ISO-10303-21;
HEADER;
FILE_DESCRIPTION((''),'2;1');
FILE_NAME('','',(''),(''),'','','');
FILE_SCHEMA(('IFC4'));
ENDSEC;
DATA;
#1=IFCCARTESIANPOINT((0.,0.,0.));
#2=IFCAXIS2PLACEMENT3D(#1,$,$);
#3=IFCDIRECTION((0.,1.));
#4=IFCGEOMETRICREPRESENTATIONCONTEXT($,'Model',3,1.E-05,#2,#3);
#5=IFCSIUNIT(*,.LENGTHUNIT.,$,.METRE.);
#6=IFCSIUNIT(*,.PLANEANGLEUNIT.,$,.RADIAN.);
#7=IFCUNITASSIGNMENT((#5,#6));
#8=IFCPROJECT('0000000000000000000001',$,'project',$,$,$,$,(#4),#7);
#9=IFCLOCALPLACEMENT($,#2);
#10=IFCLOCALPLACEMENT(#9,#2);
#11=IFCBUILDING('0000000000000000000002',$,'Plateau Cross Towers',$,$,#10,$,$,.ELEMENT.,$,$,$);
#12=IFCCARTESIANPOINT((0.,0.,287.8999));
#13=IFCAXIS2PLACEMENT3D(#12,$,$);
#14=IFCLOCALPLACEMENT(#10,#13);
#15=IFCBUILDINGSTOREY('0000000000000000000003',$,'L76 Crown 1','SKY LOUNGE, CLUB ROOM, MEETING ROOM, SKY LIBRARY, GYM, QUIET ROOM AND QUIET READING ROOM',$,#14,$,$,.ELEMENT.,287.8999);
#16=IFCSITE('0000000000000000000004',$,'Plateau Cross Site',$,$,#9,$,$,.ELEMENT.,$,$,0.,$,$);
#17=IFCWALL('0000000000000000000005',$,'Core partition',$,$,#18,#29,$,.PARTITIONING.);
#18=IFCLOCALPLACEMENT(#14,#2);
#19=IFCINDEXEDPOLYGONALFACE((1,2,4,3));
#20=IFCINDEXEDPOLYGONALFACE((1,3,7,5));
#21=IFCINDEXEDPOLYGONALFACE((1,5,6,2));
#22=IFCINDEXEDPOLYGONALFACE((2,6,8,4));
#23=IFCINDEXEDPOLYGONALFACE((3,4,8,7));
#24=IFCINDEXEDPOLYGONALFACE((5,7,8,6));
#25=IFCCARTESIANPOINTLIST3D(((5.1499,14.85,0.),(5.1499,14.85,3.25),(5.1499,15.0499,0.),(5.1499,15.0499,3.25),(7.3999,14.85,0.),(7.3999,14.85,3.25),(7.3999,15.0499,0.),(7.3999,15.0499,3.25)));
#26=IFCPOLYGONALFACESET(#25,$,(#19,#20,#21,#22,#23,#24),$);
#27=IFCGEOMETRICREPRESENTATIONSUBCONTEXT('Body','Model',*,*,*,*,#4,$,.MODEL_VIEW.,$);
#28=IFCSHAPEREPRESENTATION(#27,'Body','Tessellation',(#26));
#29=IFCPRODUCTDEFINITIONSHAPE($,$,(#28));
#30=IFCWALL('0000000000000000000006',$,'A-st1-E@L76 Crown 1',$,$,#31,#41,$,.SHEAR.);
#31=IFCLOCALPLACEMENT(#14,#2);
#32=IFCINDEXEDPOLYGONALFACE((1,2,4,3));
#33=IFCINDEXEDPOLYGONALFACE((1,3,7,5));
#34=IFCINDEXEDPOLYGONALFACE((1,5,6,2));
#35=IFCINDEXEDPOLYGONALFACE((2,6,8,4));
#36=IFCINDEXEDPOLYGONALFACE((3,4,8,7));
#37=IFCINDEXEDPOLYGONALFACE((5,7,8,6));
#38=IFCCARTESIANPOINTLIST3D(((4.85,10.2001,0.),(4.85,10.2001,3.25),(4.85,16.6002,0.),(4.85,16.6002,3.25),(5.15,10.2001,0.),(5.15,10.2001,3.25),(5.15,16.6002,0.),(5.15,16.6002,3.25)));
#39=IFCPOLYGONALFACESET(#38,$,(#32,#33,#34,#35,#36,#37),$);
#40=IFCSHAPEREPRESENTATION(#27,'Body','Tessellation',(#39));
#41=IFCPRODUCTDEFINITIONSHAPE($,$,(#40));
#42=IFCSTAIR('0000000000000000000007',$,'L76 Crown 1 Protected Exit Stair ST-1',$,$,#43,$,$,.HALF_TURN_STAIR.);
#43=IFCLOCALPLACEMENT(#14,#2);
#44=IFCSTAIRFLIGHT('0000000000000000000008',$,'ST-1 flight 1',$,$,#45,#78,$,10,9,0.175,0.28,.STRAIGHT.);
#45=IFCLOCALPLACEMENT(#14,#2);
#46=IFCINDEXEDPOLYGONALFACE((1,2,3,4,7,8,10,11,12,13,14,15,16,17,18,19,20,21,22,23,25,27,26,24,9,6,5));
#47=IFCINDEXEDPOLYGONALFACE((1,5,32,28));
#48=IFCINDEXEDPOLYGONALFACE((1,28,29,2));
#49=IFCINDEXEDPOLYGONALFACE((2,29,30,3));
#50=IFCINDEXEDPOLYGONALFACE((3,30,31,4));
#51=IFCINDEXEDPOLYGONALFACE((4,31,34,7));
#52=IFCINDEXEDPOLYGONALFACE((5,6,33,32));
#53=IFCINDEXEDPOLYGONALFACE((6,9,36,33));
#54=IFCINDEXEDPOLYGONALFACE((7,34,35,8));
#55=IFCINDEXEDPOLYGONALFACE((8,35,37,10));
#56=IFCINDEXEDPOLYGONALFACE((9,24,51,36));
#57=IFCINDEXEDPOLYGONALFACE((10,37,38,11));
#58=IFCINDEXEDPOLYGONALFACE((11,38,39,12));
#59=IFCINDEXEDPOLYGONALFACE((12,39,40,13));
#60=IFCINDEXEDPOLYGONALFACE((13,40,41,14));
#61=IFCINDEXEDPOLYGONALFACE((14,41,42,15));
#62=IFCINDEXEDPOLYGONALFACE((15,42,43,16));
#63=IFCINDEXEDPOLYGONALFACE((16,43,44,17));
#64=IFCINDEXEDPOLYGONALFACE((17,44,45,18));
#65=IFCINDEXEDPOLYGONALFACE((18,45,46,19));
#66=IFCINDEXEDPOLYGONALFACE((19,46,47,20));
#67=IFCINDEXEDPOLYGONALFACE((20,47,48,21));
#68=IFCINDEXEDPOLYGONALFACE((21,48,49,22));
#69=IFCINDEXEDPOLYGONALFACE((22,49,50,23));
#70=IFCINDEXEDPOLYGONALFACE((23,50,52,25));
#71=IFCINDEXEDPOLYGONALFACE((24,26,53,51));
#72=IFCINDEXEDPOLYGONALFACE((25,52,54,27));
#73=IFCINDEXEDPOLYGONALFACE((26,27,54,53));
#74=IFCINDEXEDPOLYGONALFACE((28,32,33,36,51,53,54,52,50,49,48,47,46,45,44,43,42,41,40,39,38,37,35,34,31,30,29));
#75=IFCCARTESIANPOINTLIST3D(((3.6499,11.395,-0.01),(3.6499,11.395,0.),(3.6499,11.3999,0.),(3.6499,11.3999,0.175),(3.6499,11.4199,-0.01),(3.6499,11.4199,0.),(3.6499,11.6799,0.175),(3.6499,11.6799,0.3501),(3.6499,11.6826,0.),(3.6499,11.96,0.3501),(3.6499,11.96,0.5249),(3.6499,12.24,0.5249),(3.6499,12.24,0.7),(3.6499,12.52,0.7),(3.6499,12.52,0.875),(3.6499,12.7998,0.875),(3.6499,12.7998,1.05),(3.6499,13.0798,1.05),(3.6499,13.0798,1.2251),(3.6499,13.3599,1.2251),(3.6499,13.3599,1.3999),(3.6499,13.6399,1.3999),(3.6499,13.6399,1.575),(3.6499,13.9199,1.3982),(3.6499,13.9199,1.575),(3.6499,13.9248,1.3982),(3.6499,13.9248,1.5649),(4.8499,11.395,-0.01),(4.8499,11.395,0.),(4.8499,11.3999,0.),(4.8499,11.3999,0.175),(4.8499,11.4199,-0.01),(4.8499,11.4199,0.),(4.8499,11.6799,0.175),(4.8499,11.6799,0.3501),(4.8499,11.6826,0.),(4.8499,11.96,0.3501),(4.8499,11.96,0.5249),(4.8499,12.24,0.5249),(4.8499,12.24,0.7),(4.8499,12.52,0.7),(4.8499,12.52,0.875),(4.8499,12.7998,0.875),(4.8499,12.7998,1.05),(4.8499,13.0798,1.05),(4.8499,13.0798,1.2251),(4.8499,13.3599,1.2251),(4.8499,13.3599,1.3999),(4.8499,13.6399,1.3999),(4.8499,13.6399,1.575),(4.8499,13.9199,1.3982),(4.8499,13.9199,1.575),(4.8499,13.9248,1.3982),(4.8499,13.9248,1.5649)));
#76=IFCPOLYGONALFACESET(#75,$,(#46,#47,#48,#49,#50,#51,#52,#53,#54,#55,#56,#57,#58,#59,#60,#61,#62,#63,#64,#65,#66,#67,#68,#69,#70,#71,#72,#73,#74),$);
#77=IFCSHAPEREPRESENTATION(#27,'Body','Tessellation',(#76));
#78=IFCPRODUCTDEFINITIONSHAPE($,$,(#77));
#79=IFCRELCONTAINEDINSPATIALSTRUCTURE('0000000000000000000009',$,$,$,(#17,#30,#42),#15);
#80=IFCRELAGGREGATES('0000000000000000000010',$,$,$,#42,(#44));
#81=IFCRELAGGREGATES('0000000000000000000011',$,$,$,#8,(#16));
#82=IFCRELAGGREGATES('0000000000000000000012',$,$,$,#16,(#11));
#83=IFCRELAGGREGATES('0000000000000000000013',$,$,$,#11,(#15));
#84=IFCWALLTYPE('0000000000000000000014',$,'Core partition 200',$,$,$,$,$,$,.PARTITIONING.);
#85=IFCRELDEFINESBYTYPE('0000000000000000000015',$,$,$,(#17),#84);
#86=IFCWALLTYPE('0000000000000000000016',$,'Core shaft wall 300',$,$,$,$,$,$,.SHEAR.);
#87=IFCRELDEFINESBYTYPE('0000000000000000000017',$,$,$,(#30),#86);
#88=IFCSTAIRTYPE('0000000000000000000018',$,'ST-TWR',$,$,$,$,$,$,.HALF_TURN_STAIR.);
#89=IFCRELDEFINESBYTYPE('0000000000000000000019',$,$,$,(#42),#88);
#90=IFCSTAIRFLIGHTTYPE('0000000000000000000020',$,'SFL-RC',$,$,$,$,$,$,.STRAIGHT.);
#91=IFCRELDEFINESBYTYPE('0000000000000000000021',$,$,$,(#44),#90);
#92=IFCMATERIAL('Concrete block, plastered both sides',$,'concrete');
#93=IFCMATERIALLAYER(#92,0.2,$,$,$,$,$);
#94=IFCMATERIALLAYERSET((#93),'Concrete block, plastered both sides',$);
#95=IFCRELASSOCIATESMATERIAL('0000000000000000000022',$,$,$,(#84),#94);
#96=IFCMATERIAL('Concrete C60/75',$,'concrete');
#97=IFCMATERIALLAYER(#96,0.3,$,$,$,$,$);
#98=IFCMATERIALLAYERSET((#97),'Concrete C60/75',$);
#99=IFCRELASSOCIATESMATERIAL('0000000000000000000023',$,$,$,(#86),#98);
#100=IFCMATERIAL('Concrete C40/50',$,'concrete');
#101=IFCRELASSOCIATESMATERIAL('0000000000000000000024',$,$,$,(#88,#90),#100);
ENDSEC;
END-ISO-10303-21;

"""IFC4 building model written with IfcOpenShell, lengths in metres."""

from ifc_helpers import new_model, si_unit, direction, frame, frame_2d, origin, place, context, subcontext, project, spatial, polyline, rectangle, outline, extrude, material, layer, layer_set, type_object, element, aggregate, save


model = new_model("IFC4")

# Units and contexts
model_context = context("Model", 3, precision=1e-05, world=origin(), true_north=direction((0.0, 1.0)))
body_context = subcontext(model_context, "Body", "Model", "MODEL_VIEW")
ifc_project = project(units=[si_unit("LENGTHUNIT", "METRE"), si_unit("PLANEANGLEUNIT", "RADIAN")], contexts=[model_context])

# Site, building, storey
site_placement = place(None, origin())
site = spatial("IfcSite", under=ifc_project, at=site_placement, Name="Plateau Cross Site", CompositionType="ELEMENT", RefElevation=0.0)
building_placement = place(site_placement, origin())
building = spatial("IfcBuilding", under=site, at=building_placement, Name="Plateau Cross Towers", CompositionType="ELEMENT")
storey_placement = place(building_placement, frame((0.0, 0.0, 287.8999)))
storey = spatial("IfcBuildingStorey", under=building, at=storey_placement, Name="L76 Crown 1", Description="SKY LOUNGE, CLUB ROOM, MEETING ROOM, SKY LIBRARY, GYM, QUIET ROOM AND QUIET READING ROOM", CompositionType="ELEMENT", Elevation=287.8999)

# Shared definitions
ifc_material_1 = material(Name="Concrete block, plastered both sides", Category="concrete")
ifc_layer_1 = layer(ifc_material_1, 0.2)
ifc_layer_set_1 = layer_set([ifc_layer_1], Name="Concrete block, plastered both sides")
wall_type_1 = type_object("IfcWallType", Name="Core partition 200", PredefinedType="PARTITIONING", material=ifc_layer_set_1)

# Walls
for number, where, z_axis, x_axis, name in (
    (1, (5.1499, 14.95, 0.0), (0.0, 0.0, 1.0), (1.0, 0.0, 0.0), "Core partition"),
):
    element("IfcWall", number, at=place(storey_placement, frame(where, z_axis=z_axis, x_axis=x_axis)), inside=storey, type_object=wall_type_1, Name=name, PredefinedType="PARTITIONING", context=body_context, shape_type="SweptSolid", body=[
        extrude(rectangle(XDim=2.25, YDim=0.2, at=frame_2d((1.125, 0.0))), origin(), (0.0, 0.0, 1.0), 3.25),
    ])
ifc_material_2 = material(Name="Concrete C60/75", Category="concrete")
ifc_layer_2 = layer(ifc_material_2, 0.3)
ifc_layer_set_2 = layer_set([ifc_layer_2], Name="Concrete C60/75")
wall_type_2 = type_object("IfcWallType", Name="Core shaft wall 300", PredefinedType="SHEAR", material=ifc_layer_set_2)
wall_1_placement = place(storey_placement, frame((5.0, 10.2, 0.0), z_axis=(0.0, 0.0, 1.0), x_axis=(0.0, 1.0, 0.0)))
element("IfcWall", 2, at=wall_1_placement, inside=storey, type_object=wall_type_2, Name="A-st1-E@L76 Crown 1", PredefinedType="SHEAR", context=body_context, shape_type="SweptSolid", body=[
    extrude(rectangle(XDim=6.4001, YDim=0.3, at=frame_2d((3.2002, 0.0))), origin(), (0.0, 0.0, 1.0), 3.25),
])

# Stair, stair flight
ifc_material_3 = material(Name="Concrete C40/50", Category="concrete")
stair_type = type_object("IfcStairType", Name="ST-TWR", PredefinedType="HALF_TURN_STAIR", material=ifc_material_3)
stair_placement = place(storey_placement, origin())
stair = element("IfcStair", 3, at=stair_placement, inside=storey, type_object=stair_type, Name="L76 Crown 1 Protected Exit Stair ST-1", PredefinedType="HALF_TURN_STAIR")
stair_flight_type = type_object("IfcStairFlightType", Name="SFL-RC", PredefinedType="STRAIGHT", material=ifc_material_3)
stair_flight_placement = place(storey_placement, frame((4.25, 11.3999, 0.0), z_axis=(0.0, 0.0, 1.0), x_axis=(0.0, 1.0, 0.0)))
stair_flight = element("IfcStairFlight", 4, at=stair_flight_placement, type_object=stair_flight_type, Name="ST-1 flight 1", NumberOfRisers=10, NumberOfTreads=9, PredefinedType="STRAIGHT", RiserHeight=0.175, TreadLength=0.28, context=body_context, shape_type="SweptSolid", body=[
    extrude(outline(polyline([(-0.0049, -0.01), (-0.0049, 0.0), (0.0, 0.0), (0.0, 0.175), (0.28, 0.175), (0.28, 0.3501), (0.5601, 0.3501), (0.5601, 0.5249), (0.8401, 0.5249), (0.8401, 0.7), (1.1201, 0.7), (1.1201, 0.875), (1.3999, 0.875), (1.3999, 1.05), (1.6799, 1.05), (1.6799, 1.2251), (1.96, 1.2251), (1.96, 1.3999), (2.24, 1.3999), (2.24, 1.575), (2.52, 1.575), (2.5249, 1.5649), (2.5249, 1.3982), (2.52, 1.3982), (0.2827, 0.0), (0.02, 0.0), (0.02, -0.01), (-0.0049, -0.01)])), frame((0.0, 0.6001, 0.0), z_axis=(0.0, -1.0, 0.0), x_axis=(1.0, 0.0, 0.0)), (0.0, 0.0, 1.0), 1.2),
])
aggregate(stair, [stair_flight])

save(model, "model.ifc")
